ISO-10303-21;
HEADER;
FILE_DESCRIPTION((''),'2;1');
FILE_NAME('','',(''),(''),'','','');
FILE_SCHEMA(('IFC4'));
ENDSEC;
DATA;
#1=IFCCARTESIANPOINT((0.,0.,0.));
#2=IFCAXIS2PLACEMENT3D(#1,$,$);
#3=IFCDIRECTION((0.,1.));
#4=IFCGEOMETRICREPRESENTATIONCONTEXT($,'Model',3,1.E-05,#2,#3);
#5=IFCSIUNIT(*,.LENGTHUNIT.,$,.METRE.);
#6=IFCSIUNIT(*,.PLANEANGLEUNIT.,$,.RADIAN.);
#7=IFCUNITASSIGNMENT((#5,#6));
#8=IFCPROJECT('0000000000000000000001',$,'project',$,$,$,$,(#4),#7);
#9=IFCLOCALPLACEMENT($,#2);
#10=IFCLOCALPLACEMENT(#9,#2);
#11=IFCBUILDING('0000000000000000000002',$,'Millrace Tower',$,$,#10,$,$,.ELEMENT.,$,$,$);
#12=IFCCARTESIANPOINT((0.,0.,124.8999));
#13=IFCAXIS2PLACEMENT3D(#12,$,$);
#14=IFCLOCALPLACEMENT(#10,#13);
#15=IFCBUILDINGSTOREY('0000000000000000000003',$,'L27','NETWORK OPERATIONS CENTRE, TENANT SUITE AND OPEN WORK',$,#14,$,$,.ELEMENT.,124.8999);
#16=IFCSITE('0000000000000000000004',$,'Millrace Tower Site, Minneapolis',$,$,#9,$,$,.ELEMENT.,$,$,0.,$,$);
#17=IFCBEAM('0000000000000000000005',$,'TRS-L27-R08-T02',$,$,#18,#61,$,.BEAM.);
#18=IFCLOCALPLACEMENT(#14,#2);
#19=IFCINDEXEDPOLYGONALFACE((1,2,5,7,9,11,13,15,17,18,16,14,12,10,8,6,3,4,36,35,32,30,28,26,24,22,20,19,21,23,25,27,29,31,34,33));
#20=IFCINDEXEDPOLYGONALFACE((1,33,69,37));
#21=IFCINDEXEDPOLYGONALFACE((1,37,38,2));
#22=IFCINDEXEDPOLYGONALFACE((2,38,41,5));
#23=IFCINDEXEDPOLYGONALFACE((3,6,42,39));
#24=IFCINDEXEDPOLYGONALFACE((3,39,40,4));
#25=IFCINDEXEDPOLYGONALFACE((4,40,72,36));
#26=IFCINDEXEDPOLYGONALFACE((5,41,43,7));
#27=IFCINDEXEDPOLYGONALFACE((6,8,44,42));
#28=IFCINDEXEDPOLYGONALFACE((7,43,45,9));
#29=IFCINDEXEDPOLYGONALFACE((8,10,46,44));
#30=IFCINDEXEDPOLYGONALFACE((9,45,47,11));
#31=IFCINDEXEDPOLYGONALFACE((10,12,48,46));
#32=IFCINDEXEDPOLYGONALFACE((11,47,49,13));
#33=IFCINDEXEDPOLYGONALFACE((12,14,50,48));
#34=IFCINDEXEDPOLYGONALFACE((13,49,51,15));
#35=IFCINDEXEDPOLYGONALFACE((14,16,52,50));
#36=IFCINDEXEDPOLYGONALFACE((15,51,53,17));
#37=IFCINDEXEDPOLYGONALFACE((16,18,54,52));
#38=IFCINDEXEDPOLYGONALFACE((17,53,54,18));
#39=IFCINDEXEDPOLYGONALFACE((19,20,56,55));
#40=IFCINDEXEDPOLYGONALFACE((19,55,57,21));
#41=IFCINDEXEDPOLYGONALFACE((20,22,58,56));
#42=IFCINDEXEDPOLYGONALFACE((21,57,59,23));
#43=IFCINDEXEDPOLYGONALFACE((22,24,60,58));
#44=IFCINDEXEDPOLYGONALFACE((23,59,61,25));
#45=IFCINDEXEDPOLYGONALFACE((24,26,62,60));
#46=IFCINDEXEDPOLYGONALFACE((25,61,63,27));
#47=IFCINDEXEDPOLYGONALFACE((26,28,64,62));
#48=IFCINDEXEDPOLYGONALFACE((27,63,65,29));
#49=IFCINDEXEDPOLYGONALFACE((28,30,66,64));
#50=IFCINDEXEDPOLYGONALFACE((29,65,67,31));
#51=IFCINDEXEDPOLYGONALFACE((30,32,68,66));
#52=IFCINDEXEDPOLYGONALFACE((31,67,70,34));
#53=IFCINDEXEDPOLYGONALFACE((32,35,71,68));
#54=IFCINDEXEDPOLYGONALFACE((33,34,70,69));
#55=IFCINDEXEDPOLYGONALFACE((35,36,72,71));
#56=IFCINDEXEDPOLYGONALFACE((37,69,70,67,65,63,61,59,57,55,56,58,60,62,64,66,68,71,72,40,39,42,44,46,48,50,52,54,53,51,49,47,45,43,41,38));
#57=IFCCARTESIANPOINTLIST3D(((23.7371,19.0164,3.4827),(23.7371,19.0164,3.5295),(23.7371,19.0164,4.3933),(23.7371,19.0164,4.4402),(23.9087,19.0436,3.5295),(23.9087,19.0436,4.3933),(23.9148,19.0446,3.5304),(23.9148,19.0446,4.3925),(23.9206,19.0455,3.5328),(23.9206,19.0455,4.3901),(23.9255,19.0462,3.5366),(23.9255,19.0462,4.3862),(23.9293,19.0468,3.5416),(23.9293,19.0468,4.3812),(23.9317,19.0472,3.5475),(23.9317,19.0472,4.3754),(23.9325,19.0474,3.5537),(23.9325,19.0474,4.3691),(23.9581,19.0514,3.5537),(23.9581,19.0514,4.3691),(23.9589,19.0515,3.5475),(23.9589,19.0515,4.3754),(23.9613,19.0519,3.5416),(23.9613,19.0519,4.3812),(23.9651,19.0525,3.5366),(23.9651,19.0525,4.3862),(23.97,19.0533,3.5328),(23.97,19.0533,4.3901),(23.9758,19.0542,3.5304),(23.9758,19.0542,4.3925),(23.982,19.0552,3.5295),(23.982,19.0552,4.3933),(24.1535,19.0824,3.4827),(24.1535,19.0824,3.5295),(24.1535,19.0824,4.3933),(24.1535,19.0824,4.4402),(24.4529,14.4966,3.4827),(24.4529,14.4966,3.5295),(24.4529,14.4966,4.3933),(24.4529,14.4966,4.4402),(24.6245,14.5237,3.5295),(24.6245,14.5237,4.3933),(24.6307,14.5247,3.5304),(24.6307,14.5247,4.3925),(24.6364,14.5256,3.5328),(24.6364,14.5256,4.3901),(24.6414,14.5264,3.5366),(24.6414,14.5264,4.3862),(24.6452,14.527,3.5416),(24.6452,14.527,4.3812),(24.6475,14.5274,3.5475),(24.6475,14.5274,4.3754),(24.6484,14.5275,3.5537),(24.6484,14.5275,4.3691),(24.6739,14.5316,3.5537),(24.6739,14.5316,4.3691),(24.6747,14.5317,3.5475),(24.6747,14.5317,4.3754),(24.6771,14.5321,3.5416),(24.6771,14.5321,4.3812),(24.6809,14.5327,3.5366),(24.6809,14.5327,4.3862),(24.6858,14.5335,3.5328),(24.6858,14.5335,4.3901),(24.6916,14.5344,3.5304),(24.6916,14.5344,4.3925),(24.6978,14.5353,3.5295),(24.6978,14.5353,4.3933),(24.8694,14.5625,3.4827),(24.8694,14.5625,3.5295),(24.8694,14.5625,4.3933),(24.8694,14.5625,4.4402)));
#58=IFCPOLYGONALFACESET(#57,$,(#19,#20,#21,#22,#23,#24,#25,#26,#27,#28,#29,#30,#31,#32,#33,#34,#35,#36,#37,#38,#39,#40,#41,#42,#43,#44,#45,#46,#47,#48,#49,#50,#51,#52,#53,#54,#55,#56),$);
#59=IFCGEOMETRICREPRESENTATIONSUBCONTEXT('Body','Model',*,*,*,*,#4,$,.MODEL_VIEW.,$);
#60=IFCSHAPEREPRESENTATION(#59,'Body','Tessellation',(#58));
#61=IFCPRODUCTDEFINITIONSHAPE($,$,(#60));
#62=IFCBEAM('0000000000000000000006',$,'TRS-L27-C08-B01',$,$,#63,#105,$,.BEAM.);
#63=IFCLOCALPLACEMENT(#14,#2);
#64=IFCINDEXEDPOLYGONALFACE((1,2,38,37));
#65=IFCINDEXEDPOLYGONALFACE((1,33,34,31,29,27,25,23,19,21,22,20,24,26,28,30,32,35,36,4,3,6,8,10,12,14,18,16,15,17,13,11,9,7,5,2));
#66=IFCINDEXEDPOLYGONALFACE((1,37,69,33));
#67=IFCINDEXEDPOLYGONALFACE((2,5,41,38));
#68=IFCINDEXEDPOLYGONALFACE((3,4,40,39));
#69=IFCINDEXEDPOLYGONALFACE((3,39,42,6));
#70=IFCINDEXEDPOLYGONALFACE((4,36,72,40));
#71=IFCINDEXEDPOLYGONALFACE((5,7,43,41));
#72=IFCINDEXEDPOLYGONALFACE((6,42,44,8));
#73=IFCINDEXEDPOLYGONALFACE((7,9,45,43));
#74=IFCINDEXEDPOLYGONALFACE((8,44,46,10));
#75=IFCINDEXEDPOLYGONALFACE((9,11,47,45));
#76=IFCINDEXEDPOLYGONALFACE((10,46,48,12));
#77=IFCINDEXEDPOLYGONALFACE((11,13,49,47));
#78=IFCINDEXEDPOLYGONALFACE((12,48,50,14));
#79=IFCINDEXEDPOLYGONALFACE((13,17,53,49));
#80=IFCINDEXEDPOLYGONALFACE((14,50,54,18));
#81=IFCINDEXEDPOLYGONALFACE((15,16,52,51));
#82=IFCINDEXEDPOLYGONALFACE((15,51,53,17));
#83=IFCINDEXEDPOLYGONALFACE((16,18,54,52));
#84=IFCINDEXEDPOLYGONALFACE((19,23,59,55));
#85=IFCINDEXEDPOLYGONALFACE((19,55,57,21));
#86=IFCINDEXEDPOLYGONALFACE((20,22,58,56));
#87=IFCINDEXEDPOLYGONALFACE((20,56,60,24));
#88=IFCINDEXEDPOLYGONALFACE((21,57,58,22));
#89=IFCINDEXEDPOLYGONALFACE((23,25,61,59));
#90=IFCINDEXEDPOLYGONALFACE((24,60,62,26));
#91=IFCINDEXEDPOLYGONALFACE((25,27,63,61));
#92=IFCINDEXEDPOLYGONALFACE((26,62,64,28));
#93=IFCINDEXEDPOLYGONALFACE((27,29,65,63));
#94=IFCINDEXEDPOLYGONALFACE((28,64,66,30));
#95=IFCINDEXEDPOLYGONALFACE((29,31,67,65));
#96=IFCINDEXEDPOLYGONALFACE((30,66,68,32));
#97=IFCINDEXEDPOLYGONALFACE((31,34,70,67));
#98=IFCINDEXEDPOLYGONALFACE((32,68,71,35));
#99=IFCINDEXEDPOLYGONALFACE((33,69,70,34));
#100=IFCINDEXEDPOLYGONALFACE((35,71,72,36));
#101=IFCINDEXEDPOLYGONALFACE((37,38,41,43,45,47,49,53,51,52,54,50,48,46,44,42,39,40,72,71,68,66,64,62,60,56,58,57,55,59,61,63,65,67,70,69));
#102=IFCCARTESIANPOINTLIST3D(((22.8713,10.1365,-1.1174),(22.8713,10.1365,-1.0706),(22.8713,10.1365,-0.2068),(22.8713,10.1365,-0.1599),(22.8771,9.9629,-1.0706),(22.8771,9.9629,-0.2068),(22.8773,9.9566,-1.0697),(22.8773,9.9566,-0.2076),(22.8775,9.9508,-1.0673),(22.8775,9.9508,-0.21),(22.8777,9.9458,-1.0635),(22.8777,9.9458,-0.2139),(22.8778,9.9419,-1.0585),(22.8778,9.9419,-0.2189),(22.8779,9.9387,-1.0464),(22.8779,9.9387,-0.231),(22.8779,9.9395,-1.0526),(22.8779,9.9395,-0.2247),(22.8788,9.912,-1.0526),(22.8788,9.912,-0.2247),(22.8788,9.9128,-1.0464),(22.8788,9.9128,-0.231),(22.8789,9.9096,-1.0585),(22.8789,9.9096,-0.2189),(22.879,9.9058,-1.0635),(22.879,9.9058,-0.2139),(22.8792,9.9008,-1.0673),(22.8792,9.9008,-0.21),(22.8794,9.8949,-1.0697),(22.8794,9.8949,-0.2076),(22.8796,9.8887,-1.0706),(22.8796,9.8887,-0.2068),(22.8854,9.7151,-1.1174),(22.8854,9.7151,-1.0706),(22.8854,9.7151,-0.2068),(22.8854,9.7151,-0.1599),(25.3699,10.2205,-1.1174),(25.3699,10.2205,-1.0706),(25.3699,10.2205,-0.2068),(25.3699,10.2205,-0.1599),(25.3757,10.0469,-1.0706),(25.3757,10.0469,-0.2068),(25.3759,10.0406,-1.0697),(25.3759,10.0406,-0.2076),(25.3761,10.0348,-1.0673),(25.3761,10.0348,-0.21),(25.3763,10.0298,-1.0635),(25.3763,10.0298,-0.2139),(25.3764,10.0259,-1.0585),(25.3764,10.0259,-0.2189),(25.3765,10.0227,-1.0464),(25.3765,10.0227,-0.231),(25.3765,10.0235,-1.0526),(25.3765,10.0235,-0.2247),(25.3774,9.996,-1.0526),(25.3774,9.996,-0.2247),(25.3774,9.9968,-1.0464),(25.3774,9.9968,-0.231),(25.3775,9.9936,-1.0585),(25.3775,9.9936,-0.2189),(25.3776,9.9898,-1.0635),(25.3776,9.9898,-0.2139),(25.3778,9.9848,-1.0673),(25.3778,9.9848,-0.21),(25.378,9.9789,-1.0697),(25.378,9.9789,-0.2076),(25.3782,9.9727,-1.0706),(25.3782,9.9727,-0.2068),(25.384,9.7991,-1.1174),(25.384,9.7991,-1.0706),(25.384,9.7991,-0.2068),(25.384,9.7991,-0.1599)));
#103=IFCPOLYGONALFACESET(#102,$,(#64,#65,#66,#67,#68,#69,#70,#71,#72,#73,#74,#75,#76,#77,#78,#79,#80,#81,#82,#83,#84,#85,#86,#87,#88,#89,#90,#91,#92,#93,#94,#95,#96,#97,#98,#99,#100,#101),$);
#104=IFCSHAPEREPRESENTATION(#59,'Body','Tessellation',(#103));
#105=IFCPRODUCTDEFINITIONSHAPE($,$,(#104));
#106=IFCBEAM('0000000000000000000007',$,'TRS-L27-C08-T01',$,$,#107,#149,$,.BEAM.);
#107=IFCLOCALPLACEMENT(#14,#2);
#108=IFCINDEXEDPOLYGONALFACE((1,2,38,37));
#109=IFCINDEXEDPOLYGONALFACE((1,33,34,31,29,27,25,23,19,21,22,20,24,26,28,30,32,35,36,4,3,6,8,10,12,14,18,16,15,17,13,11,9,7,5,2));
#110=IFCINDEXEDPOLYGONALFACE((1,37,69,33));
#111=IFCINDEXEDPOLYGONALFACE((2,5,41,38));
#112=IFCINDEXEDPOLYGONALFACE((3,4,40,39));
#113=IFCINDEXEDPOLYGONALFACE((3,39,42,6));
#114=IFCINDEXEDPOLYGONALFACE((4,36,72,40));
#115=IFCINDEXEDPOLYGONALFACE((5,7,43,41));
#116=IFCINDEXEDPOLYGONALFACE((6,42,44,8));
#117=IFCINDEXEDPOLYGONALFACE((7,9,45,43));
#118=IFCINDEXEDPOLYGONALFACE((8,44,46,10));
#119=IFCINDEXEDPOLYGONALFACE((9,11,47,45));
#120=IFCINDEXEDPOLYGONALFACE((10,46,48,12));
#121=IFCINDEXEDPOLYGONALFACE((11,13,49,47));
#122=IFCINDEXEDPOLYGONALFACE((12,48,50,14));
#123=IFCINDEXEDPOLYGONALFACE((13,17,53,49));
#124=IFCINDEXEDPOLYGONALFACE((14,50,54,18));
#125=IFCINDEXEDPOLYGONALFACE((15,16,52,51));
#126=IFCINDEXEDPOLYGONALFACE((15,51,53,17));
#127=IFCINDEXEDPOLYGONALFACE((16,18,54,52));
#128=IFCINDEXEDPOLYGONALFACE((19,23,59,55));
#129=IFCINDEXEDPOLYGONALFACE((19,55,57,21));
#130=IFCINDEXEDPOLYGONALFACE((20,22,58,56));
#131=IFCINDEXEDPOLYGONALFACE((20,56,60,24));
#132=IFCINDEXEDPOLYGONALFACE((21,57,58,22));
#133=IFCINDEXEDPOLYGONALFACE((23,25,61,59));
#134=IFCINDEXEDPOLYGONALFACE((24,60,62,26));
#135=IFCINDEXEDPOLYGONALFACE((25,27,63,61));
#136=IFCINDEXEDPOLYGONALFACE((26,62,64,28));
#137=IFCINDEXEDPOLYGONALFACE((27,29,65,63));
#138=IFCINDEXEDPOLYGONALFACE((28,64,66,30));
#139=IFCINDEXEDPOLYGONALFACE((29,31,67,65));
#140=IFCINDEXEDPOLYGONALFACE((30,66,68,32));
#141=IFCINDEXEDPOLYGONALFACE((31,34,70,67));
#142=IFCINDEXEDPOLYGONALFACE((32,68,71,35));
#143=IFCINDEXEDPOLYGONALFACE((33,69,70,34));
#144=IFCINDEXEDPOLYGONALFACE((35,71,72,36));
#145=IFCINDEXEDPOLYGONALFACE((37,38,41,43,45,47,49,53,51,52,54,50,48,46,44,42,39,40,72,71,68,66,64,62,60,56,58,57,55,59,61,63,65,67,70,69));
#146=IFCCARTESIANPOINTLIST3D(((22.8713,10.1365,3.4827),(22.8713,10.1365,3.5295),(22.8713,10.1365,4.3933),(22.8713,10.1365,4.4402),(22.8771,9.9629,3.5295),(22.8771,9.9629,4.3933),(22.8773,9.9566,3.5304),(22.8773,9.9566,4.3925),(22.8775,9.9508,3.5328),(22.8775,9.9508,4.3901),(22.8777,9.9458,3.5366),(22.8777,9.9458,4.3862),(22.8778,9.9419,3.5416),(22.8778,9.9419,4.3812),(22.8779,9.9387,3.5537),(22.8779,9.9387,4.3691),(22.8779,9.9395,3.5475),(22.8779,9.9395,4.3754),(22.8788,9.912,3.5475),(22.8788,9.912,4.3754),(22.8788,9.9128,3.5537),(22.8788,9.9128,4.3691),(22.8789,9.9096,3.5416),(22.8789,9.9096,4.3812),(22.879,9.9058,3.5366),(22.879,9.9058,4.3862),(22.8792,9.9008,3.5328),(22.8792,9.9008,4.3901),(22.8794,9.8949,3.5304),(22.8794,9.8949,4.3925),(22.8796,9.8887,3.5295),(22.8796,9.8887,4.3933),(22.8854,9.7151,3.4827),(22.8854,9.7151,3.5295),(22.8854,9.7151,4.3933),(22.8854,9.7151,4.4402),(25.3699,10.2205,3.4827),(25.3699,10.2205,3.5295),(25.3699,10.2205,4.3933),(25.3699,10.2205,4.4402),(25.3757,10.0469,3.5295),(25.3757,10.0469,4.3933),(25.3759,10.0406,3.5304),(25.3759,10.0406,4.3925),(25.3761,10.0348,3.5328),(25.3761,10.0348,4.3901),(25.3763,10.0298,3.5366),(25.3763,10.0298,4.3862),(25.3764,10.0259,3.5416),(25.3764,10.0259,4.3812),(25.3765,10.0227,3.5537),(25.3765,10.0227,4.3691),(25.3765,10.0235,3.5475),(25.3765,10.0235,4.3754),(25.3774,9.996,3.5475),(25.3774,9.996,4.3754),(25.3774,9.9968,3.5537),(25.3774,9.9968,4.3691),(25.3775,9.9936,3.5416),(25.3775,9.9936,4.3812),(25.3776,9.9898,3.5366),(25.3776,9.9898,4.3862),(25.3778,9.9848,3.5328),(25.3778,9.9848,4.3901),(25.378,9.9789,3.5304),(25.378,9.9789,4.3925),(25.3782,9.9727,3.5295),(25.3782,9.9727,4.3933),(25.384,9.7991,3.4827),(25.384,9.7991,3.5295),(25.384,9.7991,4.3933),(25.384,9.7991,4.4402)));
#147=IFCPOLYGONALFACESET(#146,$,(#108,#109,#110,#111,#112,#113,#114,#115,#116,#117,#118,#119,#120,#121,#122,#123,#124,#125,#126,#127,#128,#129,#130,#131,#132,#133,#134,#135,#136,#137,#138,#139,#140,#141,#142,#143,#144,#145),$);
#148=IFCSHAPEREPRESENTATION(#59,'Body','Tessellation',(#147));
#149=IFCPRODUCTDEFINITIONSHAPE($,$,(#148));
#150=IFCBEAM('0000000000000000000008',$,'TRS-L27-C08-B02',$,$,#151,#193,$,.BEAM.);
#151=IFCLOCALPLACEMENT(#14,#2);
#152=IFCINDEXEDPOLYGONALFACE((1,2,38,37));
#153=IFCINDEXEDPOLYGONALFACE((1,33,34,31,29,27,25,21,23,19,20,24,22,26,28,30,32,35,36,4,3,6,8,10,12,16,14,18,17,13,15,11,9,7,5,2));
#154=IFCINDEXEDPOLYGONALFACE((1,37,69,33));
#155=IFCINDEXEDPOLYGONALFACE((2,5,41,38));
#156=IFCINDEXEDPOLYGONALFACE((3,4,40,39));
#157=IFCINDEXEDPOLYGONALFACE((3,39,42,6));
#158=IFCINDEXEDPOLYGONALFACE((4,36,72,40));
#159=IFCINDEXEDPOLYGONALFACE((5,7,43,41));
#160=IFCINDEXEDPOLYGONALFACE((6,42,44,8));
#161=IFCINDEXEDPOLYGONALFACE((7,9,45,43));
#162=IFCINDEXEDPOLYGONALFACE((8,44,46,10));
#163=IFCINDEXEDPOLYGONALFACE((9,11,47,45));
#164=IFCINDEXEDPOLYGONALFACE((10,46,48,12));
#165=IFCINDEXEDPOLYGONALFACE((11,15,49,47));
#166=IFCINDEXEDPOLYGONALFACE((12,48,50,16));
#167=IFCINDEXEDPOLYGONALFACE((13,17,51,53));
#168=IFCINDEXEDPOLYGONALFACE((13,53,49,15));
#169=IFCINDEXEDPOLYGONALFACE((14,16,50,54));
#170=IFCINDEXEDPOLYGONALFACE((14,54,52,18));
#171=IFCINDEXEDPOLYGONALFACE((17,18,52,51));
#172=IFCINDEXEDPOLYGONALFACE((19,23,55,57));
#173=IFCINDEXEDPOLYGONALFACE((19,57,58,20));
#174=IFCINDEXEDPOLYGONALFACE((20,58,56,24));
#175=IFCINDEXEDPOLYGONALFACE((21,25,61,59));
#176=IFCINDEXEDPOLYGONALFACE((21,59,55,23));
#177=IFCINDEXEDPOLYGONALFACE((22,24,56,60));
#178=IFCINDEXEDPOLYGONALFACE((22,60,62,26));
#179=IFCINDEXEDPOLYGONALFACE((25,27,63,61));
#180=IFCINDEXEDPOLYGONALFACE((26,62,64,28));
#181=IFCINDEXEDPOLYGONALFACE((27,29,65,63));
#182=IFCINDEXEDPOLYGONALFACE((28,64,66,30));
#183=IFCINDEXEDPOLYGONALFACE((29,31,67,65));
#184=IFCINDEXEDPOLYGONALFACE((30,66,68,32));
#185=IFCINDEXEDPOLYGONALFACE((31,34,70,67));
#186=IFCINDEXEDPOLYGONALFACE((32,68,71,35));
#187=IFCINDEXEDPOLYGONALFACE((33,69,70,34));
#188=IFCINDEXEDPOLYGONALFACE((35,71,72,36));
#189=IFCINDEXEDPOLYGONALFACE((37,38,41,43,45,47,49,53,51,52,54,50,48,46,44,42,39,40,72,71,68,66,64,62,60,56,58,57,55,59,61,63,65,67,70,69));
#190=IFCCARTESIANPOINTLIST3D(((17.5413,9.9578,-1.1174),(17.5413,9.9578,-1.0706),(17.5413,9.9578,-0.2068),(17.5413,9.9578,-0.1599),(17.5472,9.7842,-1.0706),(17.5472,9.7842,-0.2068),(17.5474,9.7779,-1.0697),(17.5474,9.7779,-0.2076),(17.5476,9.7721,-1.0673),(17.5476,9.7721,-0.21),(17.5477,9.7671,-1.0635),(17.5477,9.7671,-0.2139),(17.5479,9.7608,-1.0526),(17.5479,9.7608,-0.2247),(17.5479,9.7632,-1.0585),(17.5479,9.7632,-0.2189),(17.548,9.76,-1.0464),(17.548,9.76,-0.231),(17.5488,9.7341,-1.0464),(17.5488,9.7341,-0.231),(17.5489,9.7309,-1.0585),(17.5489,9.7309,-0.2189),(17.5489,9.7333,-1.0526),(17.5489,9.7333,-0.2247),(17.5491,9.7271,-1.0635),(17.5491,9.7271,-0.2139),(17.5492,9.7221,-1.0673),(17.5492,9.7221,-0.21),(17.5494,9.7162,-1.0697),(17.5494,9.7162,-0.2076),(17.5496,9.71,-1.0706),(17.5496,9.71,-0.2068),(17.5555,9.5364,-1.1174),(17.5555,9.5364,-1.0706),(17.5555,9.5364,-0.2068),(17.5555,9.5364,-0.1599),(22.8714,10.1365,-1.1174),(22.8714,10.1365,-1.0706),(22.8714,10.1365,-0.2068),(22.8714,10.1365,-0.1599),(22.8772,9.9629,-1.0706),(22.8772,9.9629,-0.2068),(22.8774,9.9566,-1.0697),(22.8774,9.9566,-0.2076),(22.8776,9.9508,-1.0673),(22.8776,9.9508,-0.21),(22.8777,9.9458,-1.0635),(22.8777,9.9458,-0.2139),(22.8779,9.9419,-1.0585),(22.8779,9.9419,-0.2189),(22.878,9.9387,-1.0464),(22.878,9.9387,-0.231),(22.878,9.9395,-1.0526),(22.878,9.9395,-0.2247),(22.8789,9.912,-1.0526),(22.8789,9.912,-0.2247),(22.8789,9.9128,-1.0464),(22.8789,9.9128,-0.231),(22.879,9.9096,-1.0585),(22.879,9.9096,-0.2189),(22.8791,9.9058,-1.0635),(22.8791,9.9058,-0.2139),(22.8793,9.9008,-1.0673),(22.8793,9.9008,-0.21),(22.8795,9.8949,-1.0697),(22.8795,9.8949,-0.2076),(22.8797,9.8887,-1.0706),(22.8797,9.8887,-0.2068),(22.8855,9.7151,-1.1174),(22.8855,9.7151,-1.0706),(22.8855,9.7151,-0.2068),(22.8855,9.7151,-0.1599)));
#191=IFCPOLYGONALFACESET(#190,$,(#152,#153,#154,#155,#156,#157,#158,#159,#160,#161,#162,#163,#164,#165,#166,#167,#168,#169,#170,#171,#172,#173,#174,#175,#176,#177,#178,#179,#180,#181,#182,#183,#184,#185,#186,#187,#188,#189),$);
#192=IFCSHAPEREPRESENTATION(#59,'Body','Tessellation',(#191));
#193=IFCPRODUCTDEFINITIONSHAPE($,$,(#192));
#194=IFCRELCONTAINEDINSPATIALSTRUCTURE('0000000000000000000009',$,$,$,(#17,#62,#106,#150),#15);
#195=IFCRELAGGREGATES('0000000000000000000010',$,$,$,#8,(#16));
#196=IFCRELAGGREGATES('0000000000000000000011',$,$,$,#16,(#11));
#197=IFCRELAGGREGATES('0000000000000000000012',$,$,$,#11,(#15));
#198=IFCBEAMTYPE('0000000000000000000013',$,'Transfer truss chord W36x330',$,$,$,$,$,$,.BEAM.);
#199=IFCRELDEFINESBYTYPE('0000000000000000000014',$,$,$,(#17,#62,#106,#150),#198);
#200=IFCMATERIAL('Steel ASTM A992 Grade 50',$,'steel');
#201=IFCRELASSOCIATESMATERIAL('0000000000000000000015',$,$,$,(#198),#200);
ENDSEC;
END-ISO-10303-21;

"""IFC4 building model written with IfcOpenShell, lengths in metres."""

from ifc_helpers import new_model, si_unit, direction, frame, origin, origin_2d, place, context, subcontext, project, spatial, i_section, extrude, material, material_profile, profile_set, type_object, element, save


model = new_model("IFC4")

# Units and contexts
model_context = context("Model", 3, precision=1e-05, world=origin(), true_north=direction((0.0, 1.0)))
body_context = subcontext(model_context, "Body", "Model", "MODEL_VIEW")
ifc_project = project(units=[si_unit("LENGTHUNIT", "METRE"), si_unit("PLANEANGLEUNIT", "RADIAN")], contexts=[model_context])

# Site, building, storey
site_placement = place(None, origin())
site = spatial("IfcSite", under=ifc_project, at=site_placement, Name="Millrace Tower Site, Minneapolis", CompositionType="ELEMENT", RefElevation=0.0)
building_placement = place(site_placement, origin())
building = spatial("IfcBuilding", under=site, at=building_placement, Name="Millrace Tower", CompositionType="ELEMENT")
storey_placement = place(building_placement, frame((0.0, 0.0, 124.8999)))
storey = spatial("IfcBuildingStorey", under=building, at=storey_placement, Name="L27", Description="NETWORK OPERATIONS CENTRE, TENANT SUITE AND OPEN WORK", CompositionType="ELEMENT", Elevation=124.8999)

# Beams
ifc_material_1 = material(Name="Steel ASTM A992 Grade 50", Category="steel")
ifc_material_profile_1 = material_profile(ifc_material_1, i_section(OverallWidth=0.4216, OverallDepth=0.9575, WebThickness=0.0259, FlangeThickness=0.0469, FilletRadius=0.0242, at=origin_2d()))
ifc_profile_set_1 = profile_set([ifc_material_profile_1], Name="Steel ASTM A992 Grade 50")
beam_type_1 = type_object("IfcBeamType", Name="Transfer truss chord W36x330", PredefinedType="BEAM", material=ifc_profile_set_1)
for number, where, z_axis, x_axis, name in (
    (1, (24.6611, 14.5295, 3.9614), (-0.156426, 0.98769, 0.0), (-0.98769, -0.156426, 0.0), "TRS-L27-R08-T02"),
):
    element("IfcBeam", number, at=place(storey_placement, frame(where, z_axis=z_axis, x_axis=x_axis)), inside=storey, type_object=beam_type_1, Name=name, PredefinedType="BEAM", context=body_context, shape_type="SweptSolid", body=[
        extrude(i_section(OverallWidth=0.4216, OverallDepth=0.9575, WebThickness=0.0259, FlangeThickness=0.0469, FilletRadius=0.0242, at=origin_2d()), origin(), (0.0, 0.0, 1.0), 4.5762),
    ])
for number, where, z_axis, x_axis, name in (
    (2, (25.377, 10.0098, -0.6387), (-0.999436, -0.033594, 0.0), (0.033594, -0.999436, 0.0), "TRS-L27-C08-B01"),
    (3, (25.377, 10.0098, 3.9614), (-0.999436, -0.033594, 0.0), (0.033594, -0.999436, 0.0), "TRS-L27-C08-T01"),
):
    element("IfcBeam", number, at=place(storey_placement, frame(where, z_axis=z_axis, x_axis=x_axis)), inside=storey, type_object=beam_type_1, Name=name, PredefinedType="BEAM", context=body_context, shape_type="SweptSolid", body=[
        extrude(i_section(OverallWidth=0.4216, OverallDepth=0.9575, WebThickness=0.0259, FlangeThickness=0.0469, FilletRadius=0.0242, at=origin_2d()), origin(), (0.0, 0.0, 1.0), 2.5),
    ])
for number, where, z_axis, x_axis, name in (
    (4, (22.8784, 9.9258, -0.6387), (-0.999438, -0.03351, 0.0), (0.03351, -0.999438, 0.0), "TRS-L27-C08-B02"),
):
    element("IfcBeam", number, at=place(storey_placement, frame(where, z_axis=z_axis, x_axis=x_axis)), inside=storey, type_object=beam_type_1, Name=name, PredefinedType="BEAM", context=body_context, shape_type="SweptSolid", body=[
        extrude(i_section(OverallWidth=0.4216, OverallDepth=0.9575, WebThickness=0.0259, FlangeThickness=0.0469, FilletRadius=0.0242, at=origin_2d()), origin(), (0.0, 0.0, 1.0), 5.333),
    ])

save(model, "model.ifc")
